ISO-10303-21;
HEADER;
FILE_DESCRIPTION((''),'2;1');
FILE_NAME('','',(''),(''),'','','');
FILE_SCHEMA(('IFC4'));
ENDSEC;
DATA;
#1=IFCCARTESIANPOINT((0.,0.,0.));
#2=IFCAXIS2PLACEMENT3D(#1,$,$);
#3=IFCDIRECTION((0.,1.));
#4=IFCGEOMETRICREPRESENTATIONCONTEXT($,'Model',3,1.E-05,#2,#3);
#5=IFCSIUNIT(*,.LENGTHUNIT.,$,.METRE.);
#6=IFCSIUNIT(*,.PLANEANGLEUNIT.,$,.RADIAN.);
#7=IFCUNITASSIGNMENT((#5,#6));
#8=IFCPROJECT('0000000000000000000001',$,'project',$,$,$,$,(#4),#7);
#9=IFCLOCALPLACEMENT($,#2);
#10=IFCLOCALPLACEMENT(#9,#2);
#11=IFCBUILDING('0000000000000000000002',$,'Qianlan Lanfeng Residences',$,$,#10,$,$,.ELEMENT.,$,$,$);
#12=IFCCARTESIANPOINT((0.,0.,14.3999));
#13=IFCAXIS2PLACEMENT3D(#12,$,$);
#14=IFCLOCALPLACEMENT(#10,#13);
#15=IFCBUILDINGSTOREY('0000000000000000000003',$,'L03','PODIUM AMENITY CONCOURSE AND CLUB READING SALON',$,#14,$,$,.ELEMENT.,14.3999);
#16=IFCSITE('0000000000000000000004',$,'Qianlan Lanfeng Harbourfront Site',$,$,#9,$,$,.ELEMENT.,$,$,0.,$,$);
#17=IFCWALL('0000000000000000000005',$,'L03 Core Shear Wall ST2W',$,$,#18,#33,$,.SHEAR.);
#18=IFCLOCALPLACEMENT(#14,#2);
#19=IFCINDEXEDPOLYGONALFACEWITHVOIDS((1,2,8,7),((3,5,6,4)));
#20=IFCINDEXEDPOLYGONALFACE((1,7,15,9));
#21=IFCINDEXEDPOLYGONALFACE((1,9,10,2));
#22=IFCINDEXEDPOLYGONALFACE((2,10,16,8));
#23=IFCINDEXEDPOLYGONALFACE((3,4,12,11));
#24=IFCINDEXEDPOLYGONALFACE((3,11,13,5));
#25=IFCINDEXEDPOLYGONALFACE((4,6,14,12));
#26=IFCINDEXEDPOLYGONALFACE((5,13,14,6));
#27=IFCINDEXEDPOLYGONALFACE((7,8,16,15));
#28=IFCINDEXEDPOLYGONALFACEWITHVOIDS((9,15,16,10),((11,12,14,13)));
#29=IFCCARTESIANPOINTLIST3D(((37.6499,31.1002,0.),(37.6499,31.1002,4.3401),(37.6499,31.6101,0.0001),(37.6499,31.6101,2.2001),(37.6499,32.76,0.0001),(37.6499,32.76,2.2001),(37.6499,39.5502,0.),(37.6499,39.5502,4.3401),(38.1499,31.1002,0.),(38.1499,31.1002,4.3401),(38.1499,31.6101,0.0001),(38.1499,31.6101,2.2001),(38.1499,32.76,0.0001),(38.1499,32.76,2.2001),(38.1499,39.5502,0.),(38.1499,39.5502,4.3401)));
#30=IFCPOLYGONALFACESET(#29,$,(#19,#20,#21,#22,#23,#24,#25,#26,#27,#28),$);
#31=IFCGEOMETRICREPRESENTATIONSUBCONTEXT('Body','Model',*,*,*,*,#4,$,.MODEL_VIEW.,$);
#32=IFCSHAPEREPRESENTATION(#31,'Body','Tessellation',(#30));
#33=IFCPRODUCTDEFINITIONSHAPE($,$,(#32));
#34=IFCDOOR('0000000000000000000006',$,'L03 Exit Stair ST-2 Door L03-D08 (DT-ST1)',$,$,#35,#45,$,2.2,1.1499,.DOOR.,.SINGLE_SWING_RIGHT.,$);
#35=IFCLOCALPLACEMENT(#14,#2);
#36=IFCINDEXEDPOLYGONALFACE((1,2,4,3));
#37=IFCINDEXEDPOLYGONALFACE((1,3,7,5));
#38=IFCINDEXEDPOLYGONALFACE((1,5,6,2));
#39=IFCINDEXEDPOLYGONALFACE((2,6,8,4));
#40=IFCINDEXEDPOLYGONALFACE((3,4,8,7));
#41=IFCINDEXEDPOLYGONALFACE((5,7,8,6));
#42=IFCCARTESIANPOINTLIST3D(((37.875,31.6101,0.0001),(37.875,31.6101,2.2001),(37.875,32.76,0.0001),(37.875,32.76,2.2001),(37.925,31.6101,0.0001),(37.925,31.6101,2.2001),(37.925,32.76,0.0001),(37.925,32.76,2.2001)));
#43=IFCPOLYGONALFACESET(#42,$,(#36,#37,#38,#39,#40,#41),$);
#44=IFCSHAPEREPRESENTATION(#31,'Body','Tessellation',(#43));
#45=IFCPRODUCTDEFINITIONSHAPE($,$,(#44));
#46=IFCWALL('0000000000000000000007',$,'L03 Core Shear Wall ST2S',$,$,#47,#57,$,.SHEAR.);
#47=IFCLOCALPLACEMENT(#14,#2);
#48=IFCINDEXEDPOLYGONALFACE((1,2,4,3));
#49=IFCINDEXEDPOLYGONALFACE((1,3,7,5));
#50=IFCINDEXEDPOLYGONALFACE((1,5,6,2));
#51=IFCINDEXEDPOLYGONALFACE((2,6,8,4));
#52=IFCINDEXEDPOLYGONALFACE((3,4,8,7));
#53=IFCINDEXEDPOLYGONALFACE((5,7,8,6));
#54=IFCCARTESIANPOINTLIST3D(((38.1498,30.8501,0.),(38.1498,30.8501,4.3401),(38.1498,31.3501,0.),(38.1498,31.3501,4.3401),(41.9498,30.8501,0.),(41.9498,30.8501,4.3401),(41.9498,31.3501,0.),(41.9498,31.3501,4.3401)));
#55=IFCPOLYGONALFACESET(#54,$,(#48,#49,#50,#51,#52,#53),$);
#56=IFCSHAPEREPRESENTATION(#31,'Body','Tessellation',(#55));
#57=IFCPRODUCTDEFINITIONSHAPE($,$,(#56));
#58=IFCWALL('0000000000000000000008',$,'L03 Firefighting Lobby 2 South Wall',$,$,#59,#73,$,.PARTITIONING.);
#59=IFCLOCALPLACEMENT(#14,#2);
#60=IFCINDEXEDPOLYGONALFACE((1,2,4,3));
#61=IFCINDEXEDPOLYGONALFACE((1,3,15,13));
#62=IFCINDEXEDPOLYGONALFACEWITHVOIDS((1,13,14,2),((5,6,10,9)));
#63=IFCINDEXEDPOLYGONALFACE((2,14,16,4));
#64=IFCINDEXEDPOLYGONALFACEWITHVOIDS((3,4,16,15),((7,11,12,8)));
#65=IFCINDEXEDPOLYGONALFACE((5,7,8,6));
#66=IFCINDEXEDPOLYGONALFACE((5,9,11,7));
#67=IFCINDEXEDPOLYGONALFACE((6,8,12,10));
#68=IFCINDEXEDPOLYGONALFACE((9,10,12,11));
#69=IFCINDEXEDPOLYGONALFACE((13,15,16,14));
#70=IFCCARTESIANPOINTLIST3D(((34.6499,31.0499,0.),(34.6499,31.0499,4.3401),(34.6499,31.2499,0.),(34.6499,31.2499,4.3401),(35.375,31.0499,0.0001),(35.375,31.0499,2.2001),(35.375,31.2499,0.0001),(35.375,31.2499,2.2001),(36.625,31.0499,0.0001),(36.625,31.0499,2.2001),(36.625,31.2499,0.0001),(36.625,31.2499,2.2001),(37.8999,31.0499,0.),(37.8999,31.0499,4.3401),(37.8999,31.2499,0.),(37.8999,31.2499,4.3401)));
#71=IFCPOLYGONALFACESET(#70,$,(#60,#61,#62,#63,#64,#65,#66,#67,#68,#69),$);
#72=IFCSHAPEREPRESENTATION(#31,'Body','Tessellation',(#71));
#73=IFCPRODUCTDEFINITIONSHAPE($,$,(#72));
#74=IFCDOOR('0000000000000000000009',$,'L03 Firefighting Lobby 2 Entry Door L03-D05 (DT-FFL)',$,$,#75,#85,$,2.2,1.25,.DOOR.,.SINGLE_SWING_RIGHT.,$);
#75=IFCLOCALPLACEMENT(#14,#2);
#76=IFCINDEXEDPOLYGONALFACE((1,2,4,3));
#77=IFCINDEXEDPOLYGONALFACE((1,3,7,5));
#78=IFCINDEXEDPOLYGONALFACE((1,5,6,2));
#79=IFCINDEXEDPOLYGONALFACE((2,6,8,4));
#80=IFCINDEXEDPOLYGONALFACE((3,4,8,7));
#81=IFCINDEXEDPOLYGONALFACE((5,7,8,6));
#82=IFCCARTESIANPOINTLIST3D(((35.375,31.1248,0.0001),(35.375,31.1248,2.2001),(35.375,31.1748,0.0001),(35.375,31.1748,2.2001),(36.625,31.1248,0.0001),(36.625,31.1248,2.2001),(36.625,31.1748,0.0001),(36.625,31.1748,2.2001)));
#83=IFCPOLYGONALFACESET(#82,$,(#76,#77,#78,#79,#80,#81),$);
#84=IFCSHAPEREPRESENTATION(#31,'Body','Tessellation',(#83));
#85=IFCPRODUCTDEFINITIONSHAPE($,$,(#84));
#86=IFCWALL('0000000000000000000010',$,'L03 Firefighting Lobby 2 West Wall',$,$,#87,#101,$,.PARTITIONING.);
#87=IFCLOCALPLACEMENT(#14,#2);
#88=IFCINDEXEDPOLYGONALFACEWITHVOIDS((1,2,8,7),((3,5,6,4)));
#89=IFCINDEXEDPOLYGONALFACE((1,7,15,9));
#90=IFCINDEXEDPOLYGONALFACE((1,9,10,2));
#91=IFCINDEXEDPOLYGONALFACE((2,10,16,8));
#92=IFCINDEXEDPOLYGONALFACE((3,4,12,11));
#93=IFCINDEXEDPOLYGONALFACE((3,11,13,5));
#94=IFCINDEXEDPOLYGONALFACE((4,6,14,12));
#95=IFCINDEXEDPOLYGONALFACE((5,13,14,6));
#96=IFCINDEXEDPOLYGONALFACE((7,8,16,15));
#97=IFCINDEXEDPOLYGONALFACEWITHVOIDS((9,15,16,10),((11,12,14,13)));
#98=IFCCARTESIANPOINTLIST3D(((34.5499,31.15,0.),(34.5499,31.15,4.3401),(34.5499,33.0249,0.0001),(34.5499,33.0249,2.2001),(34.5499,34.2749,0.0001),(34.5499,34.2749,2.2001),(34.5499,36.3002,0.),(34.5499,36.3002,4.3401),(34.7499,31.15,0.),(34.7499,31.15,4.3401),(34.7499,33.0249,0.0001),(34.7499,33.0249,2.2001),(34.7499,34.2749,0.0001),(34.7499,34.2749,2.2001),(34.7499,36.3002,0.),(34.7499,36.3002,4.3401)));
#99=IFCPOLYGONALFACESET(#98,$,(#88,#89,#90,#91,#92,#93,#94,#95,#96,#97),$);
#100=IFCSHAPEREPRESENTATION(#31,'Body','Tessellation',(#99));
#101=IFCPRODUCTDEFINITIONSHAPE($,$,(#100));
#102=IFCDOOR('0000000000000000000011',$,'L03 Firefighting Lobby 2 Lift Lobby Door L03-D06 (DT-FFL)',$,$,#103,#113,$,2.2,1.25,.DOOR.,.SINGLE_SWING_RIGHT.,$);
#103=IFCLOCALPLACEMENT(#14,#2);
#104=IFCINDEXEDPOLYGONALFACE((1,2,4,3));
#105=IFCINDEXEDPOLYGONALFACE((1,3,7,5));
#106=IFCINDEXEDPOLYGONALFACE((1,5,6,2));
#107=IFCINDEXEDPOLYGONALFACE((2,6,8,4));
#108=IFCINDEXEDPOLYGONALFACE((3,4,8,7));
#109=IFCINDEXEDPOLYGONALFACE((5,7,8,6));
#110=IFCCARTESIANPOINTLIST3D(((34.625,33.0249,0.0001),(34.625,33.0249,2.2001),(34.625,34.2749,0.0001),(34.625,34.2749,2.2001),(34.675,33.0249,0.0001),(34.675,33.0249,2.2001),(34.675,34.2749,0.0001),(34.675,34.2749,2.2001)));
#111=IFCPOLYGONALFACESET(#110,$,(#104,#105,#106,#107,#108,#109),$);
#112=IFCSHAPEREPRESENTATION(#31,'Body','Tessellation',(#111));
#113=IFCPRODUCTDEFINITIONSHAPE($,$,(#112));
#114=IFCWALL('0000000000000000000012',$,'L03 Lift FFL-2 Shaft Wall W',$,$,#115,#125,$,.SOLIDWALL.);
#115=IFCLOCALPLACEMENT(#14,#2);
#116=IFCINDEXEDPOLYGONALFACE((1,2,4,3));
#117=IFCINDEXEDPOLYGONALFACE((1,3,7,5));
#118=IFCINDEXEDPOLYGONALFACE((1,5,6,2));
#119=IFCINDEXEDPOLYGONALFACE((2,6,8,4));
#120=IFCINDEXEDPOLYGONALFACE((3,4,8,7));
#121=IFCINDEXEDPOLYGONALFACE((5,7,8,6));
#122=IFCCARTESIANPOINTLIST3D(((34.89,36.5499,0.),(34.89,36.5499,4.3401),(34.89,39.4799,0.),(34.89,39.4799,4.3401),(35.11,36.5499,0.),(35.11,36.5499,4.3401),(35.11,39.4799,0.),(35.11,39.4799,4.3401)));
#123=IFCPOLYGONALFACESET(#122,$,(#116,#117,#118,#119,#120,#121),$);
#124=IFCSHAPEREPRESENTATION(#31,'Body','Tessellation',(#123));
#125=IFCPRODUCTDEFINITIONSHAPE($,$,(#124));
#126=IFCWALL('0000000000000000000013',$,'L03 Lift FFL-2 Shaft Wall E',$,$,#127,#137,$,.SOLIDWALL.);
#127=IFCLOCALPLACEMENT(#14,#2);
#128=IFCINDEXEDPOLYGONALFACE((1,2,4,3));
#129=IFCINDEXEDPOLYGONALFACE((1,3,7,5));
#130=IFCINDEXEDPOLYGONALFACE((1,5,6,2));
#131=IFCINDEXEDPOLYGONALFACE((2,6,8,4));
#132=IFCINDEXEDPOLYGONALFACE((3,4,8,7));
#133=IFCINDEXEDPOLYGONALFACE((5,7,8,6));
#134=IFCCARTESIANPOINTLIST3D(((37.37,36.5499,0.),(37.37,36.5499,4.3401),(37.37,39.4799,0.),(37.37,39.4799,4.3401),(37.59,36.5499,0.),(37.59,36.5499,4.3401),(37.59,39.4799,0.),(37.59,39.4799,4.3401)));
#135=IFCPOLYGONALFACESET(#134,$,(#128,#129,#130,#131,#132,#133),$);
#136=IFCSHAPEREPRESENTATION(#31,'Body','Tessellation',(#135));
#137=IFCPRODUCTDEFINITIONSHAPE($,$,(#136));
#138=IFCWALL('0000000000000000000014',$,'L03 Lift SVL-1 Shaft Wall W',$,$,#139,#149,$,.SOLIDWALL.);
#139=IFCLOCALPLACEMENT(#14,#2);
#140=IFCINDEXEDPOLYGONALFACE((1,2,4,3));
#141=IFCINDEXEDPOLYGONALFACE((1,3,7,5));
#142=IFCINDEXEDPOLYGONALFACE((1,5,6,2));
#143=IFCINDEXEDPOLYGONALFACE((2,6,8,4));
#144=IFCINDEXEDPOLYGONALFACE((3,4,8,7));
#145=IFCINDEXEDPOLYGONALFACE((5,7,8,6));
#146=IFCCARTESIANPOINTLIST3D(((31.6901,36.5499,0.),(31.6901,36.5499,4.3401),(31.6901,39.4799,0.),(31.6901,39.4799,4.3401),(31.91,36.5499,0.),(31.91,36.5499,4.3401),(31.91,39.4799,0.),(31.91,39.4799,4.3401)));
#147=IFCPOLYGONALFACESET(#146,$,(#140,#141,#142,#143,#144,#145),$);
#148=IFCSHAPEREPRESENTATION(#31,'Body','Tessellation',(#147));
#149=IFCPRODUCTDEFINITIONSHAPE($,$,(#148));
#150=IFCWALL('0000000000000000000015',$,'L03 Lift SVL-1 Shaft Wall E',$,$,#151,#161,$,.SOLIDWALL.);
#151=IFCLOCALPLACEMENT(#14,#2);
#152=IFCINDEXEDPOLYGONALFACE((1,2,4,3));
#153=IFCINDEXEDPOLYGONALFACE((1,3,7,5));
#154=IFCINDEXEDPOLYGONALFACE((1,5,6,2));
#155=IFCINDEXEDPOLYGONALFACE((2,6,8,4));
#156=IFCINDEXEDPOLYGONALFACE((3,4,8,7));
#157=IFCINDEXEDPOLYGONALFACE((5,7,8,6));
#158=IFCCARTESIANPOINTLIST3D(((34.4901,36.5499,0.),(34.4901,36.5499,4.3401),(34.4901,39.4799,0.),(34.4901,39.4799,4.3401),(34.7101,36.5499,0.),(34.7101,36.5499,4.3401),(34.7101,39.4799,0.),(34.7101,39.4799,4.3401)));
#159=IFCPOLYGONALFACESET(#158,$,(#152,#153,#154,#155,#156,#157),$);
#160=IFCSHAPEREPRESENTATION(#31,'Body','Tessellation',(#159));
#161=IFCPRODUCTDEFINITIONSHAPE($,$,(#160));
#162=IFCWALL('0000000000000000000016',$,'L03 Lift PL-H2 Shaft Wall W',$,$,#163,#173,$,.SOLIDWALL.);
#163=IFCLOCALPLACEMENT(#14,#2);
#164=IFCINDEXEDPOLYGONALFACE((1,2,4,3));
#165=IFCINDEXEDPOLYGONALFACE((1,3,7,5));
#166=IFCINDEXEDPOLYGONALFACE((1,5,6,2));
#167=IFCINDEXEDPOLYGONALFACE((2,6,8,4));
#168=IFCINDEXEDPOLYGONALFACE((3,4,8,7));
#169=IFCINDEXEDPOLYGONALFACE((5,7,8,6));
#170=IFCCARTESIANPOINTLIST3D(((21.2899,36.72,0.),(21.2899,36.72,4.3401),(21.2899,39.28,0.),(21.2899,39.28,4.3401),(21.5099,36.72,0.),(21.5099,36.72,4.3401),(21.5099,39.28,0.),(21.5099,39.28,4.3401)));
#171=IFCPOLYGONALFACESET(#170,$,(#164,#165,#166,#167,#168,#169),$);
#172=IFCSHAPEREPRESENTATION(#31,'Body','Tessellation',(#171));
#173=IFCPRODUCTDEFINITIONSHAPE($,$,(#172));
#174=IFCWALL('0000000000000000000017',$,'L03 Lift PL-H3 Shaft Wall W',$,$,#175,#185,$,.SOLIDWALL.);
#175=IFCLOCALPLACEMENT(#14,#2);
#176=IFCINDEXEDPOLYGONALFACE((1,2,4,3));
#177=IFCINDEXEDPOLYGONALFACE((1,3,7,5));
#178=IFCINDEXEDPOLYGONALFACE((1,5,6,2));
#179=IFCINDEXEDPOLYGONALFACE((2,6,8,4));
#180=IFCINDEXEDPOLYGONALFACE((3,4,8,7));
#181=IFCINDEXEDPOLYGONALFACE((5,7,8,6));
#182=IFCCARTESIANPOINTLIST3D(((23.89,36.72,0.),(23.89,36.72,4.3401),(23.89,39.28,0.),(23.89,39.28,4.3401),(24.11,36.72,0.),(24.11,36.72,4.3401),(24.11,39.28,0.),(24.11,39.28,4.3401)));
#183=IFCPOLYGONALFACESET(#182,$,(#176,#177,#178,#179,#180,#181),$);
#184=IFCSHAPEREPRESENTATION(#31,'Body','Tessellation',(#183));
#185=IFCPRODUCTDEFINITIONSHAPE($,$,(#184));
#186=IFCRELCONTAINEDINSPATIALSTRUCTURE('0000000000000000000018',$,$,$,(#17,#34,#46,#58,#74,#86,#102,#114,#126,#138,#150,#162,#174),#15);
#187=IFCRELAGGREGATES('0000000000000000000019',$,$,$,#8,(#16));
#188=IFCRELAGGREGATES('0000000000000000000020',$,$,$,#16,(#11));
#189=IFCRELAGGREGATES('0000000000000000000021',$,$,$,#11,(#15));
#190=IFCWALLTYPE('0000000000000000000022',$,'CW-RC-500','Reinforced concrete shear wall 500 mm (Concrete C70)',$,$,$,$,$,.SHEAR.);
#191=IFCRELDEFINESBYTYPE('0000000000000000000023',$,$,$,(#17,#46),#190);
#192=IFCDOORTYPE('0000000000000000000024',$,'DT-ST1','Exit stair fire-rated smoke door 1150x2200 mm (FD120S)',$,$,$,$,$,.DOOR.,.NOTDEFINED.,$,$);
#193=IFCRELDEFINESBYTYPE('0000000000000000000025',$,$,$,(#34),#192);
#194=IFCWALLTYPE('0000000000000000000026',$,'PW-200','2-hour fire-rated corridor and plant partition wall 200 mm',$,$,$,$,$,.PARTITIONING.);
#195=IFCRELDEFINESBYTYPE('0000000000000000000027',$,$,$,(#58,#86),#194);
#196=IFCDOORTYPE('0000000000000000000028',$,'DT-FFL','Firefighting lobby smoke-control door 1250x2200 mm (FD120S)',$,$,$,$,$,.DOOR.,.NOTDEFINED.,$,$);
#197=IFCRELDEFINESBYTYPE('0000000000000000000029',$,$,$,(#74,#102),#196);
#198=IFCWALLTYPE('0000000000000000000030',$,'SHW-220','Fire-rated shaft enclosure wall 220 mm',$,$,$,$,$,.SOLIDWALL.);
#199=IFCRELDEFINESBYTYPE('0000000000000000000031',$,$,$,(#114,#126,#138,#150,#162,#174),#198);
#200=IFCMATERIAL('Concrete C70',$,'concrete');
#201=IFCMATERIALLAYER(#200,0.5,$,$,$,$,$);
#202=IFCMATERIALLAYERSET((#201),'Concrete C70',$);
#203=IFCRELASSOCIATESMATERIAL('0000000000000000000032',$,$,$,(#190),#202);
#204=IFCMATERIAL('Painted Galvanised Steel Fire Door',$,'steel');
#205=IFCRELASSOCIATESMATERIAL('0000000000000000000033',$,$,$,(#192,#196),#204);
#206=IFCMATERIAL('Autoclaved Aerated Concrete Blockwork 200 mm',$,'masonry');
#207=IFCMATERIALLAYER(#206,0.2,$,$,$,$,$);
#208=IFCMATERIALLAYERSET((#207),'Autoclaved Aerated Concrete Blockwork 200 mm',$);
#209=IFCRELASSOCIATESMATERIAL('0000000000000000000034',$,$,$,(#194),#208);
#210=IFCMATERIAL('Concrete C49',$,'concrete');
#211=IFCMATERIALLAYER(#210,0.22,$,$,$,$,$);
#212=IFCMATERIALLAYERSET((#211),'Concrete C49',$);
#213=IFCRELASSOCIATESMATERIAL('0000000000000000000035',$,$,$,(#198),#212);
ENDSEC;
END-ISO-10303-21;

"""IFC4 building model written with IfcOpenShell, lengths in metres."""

from ifc_helpers import new_model, si_unit, direction, frame, frame_2d, origin, place, context, subcontext, project, spatial, rectangle, extrude, material, layer, layer_set, type_object, element, fill, save


model = new_model("IFC4")

# Units and contexts
model_context = context("Model", 3, precision=1e-05, world=origin(), true_north=direction((0.0, 1.0)))
body_context = subcontext(model_context, "Body", "Model", "MODEL_VIEW")
ifc_project = project(units=[si_unit("LENGTHUNIT", "METRE"), si_unit("PLANEANGLEUNIT", "RADIAN")], contexts=[model_context])

# Site, building, storey
site_placement = place(None, origin())
site = spatial("IfcSite", under=ifc_project, at=site_placement, Name="Qianlan Lanfeng Harbourfront Site", CompositionType="ELEMENT", RefElevation=0.0)
building_placement = place(site_placement, origin())
building = spatial("IfcBuilding", under=site, at=building_placement, Name="Qianlan Lanfeng Residences", CompositionType="ELEMENT")
storey_placement = place(building_placement, frame((0.0, 0.0, 14.3999)))
storey = spatial("IfcBuildingStorey", under=building, at=storey_placement, Name="L03", Description="PODIUM AMENITY CONCOURSE AND CLUB READING SALON", CompositionType="ELEMENT", Elevation=14.3999)

# Wall, opening, door
ifc_material_1 = material(Name="Concrete C70", Category="concrete")
ifc_layer_1 = layer(ifc_material_1, 0.5)
ifc_layer_set_1 = layer_set([ifc_layer_1], Name="Concrete C70")
wall_type_1 = type_object("IfcWallType", Name="CW-RC-500", Description="Reinforced concrete shear wall 500 mm (Concrete C70)", PredefinedType="SHEAR", material=ifc_layer_set_1)
wall_1_placement = place(storey_placement, frame((37.8999, 31.1001, 0.0), z_axis=(0.0, 0.0, 1.0), x_axis=(0.0, 1.0, 0.0)))
wall_1 = element("IfcWall", 1, at=wall_1_placement, inside=storey, type_object=wall_type_1, Name="L03 Core Shear Wall ST2W", PredefinedType="SHEAR", context=body_context, shape_type="SweptSolid", body=[
    extrude(rectangle(XDim=8.45, YDim=0.5, at=frame_2d((4.2251, 0.0))), origin(), (0.0, 0.0, 1.0), 4.3401),
])
opening_1_placement = place(wall_1_placement, frame((0.51, 0.0, 0.0)))
opening_1 = element("IfcOpeningElement", 2, at=opening_1_placement, cuts=wall_1, PredefinedType="OPENING", context=body_context, shape_type="SweptSolid", body=[
    extrude(rectangle(XDim=1.1499, YDim=2.2, at=frame_2d((0.575, 1.1001))), frame((0.0, 0.26, 0.0), z_axis=(0.0, -1.0, 0.0), x_axis=(1.0, 0.0, 0.0)), (0.0, 0.0, 1.0), 0.52),
])
ifc_material_2 = material(Name="Painted Galvanised Steel Fire Door", Category="steel")
door_type_1 = type_object("IfcDoorType", Name="DT-ST1", Description="Exit stair fire-rated smoke door 1150x2200 mm (FD120S)", OperationType="NOTDEFINED", PredefinedType="DOOR", material=ifc_material_2)
door_1_placement = place(opening_1_placement, origin())
door_1 = element("IfcDoor", 3, at=door_1_placement, inside=storey, type_object=door_type_1, Name="L03 Exit Stair ST-2 Door L03-D08 (DT-ST1)", OperationType="SINGLE_SWING_RIGHT", OverallHeight=2.2, OverallWidth=1.1499, PredefinedType="DOOR", context=body_context, shape_type="SweptSolid", body=[
    extrude(rectangle(XDim=1.1499, YDim=2.2, at=frame_2d((0.575, 1.1001))), frame((0.0, 0.0249, 0.0), z_axis=(0.0, -1.0, 0.0), x_axis=(1.0, 0.0, 0.0)), (0.0, 0.0, 1.0), 0.05),
])
fill(opening_1, door_1)

# Wall
wall_2_placement = place(storey_placement, frame((38.1499, 31.1001, 0.0), z_axis=(0.0, 0.0, 1.0), x_axis=(1.0, 0.0, 0.0)))
element("IfcWall", 4, at=wall_2_placement, inside=storey, type_object=wall_type_1, Name="L03 Core Shear Wall ST2S", PredefinedType="SHEAR", context=body_context, shape_type="SweptSolid", body=[
    extrude(rectangle(XDim=3.8, YDim=0.5, at=frame_2d((1.8999, 0.0))), origin(), (0.0, 0.0, 1.0), 4.3401),
])

# Walls, openings, doors
ifc_material_3 = material(Name="Autoclaved Aerated Concrete Blockwork 200 mm", Category="masonry")
ifc_layer_2 = layer(ifc_material_3, 0.2)
ifc_layer_set_2 = layer_set([ifc_layer_2], Name="Autoclaved Aerated Concrete Blockwork 200 mm")
wall_type_2 = type_object("IfcWallType", Name="PW-200", Description="2-hour fire-rated corridor and plant partition wall 200 mm", PredefinedType="PARTITIONING", material=ifc_layer_set_2)
wall_3_placement = place(storey_placement, frame((34.6499, 31.1499, 0.0), z_axis=(0.0, 0.0, 1.0), x_axis=(1.0, 0.0, 0.0)))
wall_3 = element("IfcWall", 5, at=wall_3_placement, inside=storey, type_object=wall_type_2, Name="L03 Firefighting Lobby 2 South Wall", PredefinedType="PARTITIONING", context=body_context, shape_type="SweptSolid", body=[
    extrude(rectangle(XDim=3.25, YDim=0.2, at=frame_2d((1.625, 0.0))), origin(), (0.0, 0.0, 1.0), 4.3401),
])
opening_2_placement = place(wall_3_placement, frame((0.7251, 0.0, 0.0)))
opening_2 = element("IfcOpeningElement", 6, at=opening_2_placement, cuts=wall_3, PredefinedType="OPENING", context=body_context, shape_type="SweptSolid", body=[
    extrude(rectangle(XDim=1.25, YDim=2.2, at=frame_2d((0.625, 1.1001))), frame((0.0, 0.1099, 0.0), z_axis=(0.0, -1.0, 0.0), x_axis=(1.0, 0.0, 0.0)), (0.0, 0.0, 1.0), 0.22),
])
door_type_2 = type_object("IfcDoorType", Name="DT-FFL", Description="Firefighting lobby smoke-control door 1250x2200 mm (FD120S)", OperationType="NOTDEFINED", PredefinedType="DOOR", material=ifc_material_2)
door_2_placement = place(opening_2_placement, origin())
door_2 = element("IfcDoor", 7, at=door_2_placement, inside=storey, type_object=door_type_2, Name="L03 Firefighting Lobby 2 Entry Door L03-D05 (DT-FFL)", OperationType="SINGLE_SWING_RIGHT", OverallHeight=2.2, OverallWidth=1.25, PredefinedType="DOOR", context=body_context, shape_type="SweptSolid", body=[
    extrude(rectangle(XDim=1.25, YDim=2.2, at=frame_2d((0.625, 1.1001))), frame((0.0, 0.0249, 0.0), z_axis=(0.0, -1.0, 0.0), x_axis=(1.0, 0.0, 0.0)), (0.0, 0.0, 1.0), 0.05),
])
fill(opening_2, door_2)
wall_4_placement = place(storey_placement, frame((34.6499, 31.1499, 0.0), z_axis=(0.0, 0.0, 1.0), x_axis=(0.0, 1.0, 0.0)))
wall_4 = element("IfcWall", 8, at=wall_4_placement, inside=storey, type_object=wall_type_2, Name="L03 Firefighting Lobby 2 West Wall", PredefinedType="PARTITIONING", context=body_context, shape_type="SweptSolid", body=[
    extrude(rectangle(XDim=5.1501, YDim=0.2, at=frame_2d((2.5752, 0.0))), origin(), (0.0, 0.0, 1.0), 4.3401),
])
opening_3_placement = place(wall_4_placement, frame((1.875, 0.0, 0.0)))
opening_3 = element("IfcOpeningElement", 9, at=opening_3_placement, cuts=wall_4, PredefinedType="OPENING", context=body_context, shape_type="SweptSolid", body=[
    extrude(rectangle(XDim=1.25, YDim=2.2, at=frame_2d((0.625, 1.1001))), frame((0.0, 0.1099, 0.0), z_axis=(0.0, -1.0, 0.0), x_axis=(1.0, 0.0, 0.0)), (0.0, 0.0, 1.0), 0.22),
])
door_3_placement = place(opening_3_placement, origin())
door_3 = element("IfcDoor", 10, at=door_3_placement, inside=storey, type_object=door_type_2, Name="L03 Firefighting Lobby 2 Lift Lobby Door L03-D06 (DT-FFL)", OperationType="SINGLE_SWING_RIGHT", OverallHeight=2.2, OverallWidth=1.25, PredefinedType="DOOR", context=body_context, shape_type="SweptSolid", body=[
    extrude(rectangle(XDim=1.25, YDim=2.2, at=frame_2d((0.625, 1.1001))), frame((0.0, 0.0249, 0.0), z_axis=(0.0, -1.0, 0.0), x_axis=(1.0, 0.0, 0.0)), (0.0, 0.0, 1.0), 0.05),
])
fill(opening_3, door_3)

# Walls
ifc_material_4 = material(Name="Concrete C49", Category="concrete")
ifc_layer_3 = layer(ifc_material_4, 0.22)
ifc_layer_set_3 = layer_set([ifc_layer_3], Name="Concrete C49")
wall_type_3 = type_object("IfcWallType", Name="SHW-220", Description="Fire-rated shaft enclosure wall 220 mm", PredefinedType="SOLIDWALL", material=ifc_layer_set_3)
for number, where, z_axis, x_axis, name in (
    (11, (35.0, 36.55, 0.0), (0.0, 0.0, 1.0), (0.0, 1.0, 0.0), "L03 Lift FFL-2 Shaft Wall W"),
    (12, (37.48, 36.55, 0.0), (0.0, 0.0, 1.0), (0.0, 1.0, 0.0), "L03 Lift FFL-2 Shaft Wall E"),
    (13, (31.8, 36.55, 0.0), (0.0, 0.0, 1.0), (0.0, 1.0, 0.0), "L03 Lift SVL-1 Shaft Wall W"),
    (14, (34.6001, 36.55, 0.0), (0.0, 0.0, 1.0), (0.0, 1.0, 0.0), "L03 Lift SVL-1 Shaft Wall E"),
):
    element("IfcWall", number, at=place(storey_placement, frame(where, z_axis=z_axis, x_axis=x_axis)), inside=storey, type_object=wall_type_3, Name=name, PredefinedType="SOLIDWALL", context=body_context, shape_type="SweptSolid", body=[
        extrude(rectangle(XDim=2.9299, YDim=0.22, at=frame_2d((1.4648, 0.0))), origin(), (0.0, 0.0, 1.0), 4.3401),
    ])
for number, where, z_axis, x_axis, name in (
    (15, (21.3999, 36.72, 0.0), (0.0, 0.0, 1.0), (0.0, 1.0, 0.0), "L03 Lift PL-H2 Shaft Wall W"),
    (16, (24.0, 36.72, 0.0), (0.0, 0.0, 1.0), (0.0, 1.0, 0.0), "L03 Lift PL-H3 Shaft Wall W"),
):
    element("IfcWall", number, at=place(storey_placement, frame(where, z_axis=z_axis, x_axis=x_axis)), inside=storey, type_object=wall_type_3, Name=name, PredefinedType="SOLIDWALL", context=body_context, shape_type="SweptSolid", body=[
        extrude(rectangle(XDim=2.5601, YDim=0.22, at=frame_2d((1.28, 0.0))), origin(), (0.0, 0.0, 1.0), 4.3401),
    ])

save(model, "model.ifc")
